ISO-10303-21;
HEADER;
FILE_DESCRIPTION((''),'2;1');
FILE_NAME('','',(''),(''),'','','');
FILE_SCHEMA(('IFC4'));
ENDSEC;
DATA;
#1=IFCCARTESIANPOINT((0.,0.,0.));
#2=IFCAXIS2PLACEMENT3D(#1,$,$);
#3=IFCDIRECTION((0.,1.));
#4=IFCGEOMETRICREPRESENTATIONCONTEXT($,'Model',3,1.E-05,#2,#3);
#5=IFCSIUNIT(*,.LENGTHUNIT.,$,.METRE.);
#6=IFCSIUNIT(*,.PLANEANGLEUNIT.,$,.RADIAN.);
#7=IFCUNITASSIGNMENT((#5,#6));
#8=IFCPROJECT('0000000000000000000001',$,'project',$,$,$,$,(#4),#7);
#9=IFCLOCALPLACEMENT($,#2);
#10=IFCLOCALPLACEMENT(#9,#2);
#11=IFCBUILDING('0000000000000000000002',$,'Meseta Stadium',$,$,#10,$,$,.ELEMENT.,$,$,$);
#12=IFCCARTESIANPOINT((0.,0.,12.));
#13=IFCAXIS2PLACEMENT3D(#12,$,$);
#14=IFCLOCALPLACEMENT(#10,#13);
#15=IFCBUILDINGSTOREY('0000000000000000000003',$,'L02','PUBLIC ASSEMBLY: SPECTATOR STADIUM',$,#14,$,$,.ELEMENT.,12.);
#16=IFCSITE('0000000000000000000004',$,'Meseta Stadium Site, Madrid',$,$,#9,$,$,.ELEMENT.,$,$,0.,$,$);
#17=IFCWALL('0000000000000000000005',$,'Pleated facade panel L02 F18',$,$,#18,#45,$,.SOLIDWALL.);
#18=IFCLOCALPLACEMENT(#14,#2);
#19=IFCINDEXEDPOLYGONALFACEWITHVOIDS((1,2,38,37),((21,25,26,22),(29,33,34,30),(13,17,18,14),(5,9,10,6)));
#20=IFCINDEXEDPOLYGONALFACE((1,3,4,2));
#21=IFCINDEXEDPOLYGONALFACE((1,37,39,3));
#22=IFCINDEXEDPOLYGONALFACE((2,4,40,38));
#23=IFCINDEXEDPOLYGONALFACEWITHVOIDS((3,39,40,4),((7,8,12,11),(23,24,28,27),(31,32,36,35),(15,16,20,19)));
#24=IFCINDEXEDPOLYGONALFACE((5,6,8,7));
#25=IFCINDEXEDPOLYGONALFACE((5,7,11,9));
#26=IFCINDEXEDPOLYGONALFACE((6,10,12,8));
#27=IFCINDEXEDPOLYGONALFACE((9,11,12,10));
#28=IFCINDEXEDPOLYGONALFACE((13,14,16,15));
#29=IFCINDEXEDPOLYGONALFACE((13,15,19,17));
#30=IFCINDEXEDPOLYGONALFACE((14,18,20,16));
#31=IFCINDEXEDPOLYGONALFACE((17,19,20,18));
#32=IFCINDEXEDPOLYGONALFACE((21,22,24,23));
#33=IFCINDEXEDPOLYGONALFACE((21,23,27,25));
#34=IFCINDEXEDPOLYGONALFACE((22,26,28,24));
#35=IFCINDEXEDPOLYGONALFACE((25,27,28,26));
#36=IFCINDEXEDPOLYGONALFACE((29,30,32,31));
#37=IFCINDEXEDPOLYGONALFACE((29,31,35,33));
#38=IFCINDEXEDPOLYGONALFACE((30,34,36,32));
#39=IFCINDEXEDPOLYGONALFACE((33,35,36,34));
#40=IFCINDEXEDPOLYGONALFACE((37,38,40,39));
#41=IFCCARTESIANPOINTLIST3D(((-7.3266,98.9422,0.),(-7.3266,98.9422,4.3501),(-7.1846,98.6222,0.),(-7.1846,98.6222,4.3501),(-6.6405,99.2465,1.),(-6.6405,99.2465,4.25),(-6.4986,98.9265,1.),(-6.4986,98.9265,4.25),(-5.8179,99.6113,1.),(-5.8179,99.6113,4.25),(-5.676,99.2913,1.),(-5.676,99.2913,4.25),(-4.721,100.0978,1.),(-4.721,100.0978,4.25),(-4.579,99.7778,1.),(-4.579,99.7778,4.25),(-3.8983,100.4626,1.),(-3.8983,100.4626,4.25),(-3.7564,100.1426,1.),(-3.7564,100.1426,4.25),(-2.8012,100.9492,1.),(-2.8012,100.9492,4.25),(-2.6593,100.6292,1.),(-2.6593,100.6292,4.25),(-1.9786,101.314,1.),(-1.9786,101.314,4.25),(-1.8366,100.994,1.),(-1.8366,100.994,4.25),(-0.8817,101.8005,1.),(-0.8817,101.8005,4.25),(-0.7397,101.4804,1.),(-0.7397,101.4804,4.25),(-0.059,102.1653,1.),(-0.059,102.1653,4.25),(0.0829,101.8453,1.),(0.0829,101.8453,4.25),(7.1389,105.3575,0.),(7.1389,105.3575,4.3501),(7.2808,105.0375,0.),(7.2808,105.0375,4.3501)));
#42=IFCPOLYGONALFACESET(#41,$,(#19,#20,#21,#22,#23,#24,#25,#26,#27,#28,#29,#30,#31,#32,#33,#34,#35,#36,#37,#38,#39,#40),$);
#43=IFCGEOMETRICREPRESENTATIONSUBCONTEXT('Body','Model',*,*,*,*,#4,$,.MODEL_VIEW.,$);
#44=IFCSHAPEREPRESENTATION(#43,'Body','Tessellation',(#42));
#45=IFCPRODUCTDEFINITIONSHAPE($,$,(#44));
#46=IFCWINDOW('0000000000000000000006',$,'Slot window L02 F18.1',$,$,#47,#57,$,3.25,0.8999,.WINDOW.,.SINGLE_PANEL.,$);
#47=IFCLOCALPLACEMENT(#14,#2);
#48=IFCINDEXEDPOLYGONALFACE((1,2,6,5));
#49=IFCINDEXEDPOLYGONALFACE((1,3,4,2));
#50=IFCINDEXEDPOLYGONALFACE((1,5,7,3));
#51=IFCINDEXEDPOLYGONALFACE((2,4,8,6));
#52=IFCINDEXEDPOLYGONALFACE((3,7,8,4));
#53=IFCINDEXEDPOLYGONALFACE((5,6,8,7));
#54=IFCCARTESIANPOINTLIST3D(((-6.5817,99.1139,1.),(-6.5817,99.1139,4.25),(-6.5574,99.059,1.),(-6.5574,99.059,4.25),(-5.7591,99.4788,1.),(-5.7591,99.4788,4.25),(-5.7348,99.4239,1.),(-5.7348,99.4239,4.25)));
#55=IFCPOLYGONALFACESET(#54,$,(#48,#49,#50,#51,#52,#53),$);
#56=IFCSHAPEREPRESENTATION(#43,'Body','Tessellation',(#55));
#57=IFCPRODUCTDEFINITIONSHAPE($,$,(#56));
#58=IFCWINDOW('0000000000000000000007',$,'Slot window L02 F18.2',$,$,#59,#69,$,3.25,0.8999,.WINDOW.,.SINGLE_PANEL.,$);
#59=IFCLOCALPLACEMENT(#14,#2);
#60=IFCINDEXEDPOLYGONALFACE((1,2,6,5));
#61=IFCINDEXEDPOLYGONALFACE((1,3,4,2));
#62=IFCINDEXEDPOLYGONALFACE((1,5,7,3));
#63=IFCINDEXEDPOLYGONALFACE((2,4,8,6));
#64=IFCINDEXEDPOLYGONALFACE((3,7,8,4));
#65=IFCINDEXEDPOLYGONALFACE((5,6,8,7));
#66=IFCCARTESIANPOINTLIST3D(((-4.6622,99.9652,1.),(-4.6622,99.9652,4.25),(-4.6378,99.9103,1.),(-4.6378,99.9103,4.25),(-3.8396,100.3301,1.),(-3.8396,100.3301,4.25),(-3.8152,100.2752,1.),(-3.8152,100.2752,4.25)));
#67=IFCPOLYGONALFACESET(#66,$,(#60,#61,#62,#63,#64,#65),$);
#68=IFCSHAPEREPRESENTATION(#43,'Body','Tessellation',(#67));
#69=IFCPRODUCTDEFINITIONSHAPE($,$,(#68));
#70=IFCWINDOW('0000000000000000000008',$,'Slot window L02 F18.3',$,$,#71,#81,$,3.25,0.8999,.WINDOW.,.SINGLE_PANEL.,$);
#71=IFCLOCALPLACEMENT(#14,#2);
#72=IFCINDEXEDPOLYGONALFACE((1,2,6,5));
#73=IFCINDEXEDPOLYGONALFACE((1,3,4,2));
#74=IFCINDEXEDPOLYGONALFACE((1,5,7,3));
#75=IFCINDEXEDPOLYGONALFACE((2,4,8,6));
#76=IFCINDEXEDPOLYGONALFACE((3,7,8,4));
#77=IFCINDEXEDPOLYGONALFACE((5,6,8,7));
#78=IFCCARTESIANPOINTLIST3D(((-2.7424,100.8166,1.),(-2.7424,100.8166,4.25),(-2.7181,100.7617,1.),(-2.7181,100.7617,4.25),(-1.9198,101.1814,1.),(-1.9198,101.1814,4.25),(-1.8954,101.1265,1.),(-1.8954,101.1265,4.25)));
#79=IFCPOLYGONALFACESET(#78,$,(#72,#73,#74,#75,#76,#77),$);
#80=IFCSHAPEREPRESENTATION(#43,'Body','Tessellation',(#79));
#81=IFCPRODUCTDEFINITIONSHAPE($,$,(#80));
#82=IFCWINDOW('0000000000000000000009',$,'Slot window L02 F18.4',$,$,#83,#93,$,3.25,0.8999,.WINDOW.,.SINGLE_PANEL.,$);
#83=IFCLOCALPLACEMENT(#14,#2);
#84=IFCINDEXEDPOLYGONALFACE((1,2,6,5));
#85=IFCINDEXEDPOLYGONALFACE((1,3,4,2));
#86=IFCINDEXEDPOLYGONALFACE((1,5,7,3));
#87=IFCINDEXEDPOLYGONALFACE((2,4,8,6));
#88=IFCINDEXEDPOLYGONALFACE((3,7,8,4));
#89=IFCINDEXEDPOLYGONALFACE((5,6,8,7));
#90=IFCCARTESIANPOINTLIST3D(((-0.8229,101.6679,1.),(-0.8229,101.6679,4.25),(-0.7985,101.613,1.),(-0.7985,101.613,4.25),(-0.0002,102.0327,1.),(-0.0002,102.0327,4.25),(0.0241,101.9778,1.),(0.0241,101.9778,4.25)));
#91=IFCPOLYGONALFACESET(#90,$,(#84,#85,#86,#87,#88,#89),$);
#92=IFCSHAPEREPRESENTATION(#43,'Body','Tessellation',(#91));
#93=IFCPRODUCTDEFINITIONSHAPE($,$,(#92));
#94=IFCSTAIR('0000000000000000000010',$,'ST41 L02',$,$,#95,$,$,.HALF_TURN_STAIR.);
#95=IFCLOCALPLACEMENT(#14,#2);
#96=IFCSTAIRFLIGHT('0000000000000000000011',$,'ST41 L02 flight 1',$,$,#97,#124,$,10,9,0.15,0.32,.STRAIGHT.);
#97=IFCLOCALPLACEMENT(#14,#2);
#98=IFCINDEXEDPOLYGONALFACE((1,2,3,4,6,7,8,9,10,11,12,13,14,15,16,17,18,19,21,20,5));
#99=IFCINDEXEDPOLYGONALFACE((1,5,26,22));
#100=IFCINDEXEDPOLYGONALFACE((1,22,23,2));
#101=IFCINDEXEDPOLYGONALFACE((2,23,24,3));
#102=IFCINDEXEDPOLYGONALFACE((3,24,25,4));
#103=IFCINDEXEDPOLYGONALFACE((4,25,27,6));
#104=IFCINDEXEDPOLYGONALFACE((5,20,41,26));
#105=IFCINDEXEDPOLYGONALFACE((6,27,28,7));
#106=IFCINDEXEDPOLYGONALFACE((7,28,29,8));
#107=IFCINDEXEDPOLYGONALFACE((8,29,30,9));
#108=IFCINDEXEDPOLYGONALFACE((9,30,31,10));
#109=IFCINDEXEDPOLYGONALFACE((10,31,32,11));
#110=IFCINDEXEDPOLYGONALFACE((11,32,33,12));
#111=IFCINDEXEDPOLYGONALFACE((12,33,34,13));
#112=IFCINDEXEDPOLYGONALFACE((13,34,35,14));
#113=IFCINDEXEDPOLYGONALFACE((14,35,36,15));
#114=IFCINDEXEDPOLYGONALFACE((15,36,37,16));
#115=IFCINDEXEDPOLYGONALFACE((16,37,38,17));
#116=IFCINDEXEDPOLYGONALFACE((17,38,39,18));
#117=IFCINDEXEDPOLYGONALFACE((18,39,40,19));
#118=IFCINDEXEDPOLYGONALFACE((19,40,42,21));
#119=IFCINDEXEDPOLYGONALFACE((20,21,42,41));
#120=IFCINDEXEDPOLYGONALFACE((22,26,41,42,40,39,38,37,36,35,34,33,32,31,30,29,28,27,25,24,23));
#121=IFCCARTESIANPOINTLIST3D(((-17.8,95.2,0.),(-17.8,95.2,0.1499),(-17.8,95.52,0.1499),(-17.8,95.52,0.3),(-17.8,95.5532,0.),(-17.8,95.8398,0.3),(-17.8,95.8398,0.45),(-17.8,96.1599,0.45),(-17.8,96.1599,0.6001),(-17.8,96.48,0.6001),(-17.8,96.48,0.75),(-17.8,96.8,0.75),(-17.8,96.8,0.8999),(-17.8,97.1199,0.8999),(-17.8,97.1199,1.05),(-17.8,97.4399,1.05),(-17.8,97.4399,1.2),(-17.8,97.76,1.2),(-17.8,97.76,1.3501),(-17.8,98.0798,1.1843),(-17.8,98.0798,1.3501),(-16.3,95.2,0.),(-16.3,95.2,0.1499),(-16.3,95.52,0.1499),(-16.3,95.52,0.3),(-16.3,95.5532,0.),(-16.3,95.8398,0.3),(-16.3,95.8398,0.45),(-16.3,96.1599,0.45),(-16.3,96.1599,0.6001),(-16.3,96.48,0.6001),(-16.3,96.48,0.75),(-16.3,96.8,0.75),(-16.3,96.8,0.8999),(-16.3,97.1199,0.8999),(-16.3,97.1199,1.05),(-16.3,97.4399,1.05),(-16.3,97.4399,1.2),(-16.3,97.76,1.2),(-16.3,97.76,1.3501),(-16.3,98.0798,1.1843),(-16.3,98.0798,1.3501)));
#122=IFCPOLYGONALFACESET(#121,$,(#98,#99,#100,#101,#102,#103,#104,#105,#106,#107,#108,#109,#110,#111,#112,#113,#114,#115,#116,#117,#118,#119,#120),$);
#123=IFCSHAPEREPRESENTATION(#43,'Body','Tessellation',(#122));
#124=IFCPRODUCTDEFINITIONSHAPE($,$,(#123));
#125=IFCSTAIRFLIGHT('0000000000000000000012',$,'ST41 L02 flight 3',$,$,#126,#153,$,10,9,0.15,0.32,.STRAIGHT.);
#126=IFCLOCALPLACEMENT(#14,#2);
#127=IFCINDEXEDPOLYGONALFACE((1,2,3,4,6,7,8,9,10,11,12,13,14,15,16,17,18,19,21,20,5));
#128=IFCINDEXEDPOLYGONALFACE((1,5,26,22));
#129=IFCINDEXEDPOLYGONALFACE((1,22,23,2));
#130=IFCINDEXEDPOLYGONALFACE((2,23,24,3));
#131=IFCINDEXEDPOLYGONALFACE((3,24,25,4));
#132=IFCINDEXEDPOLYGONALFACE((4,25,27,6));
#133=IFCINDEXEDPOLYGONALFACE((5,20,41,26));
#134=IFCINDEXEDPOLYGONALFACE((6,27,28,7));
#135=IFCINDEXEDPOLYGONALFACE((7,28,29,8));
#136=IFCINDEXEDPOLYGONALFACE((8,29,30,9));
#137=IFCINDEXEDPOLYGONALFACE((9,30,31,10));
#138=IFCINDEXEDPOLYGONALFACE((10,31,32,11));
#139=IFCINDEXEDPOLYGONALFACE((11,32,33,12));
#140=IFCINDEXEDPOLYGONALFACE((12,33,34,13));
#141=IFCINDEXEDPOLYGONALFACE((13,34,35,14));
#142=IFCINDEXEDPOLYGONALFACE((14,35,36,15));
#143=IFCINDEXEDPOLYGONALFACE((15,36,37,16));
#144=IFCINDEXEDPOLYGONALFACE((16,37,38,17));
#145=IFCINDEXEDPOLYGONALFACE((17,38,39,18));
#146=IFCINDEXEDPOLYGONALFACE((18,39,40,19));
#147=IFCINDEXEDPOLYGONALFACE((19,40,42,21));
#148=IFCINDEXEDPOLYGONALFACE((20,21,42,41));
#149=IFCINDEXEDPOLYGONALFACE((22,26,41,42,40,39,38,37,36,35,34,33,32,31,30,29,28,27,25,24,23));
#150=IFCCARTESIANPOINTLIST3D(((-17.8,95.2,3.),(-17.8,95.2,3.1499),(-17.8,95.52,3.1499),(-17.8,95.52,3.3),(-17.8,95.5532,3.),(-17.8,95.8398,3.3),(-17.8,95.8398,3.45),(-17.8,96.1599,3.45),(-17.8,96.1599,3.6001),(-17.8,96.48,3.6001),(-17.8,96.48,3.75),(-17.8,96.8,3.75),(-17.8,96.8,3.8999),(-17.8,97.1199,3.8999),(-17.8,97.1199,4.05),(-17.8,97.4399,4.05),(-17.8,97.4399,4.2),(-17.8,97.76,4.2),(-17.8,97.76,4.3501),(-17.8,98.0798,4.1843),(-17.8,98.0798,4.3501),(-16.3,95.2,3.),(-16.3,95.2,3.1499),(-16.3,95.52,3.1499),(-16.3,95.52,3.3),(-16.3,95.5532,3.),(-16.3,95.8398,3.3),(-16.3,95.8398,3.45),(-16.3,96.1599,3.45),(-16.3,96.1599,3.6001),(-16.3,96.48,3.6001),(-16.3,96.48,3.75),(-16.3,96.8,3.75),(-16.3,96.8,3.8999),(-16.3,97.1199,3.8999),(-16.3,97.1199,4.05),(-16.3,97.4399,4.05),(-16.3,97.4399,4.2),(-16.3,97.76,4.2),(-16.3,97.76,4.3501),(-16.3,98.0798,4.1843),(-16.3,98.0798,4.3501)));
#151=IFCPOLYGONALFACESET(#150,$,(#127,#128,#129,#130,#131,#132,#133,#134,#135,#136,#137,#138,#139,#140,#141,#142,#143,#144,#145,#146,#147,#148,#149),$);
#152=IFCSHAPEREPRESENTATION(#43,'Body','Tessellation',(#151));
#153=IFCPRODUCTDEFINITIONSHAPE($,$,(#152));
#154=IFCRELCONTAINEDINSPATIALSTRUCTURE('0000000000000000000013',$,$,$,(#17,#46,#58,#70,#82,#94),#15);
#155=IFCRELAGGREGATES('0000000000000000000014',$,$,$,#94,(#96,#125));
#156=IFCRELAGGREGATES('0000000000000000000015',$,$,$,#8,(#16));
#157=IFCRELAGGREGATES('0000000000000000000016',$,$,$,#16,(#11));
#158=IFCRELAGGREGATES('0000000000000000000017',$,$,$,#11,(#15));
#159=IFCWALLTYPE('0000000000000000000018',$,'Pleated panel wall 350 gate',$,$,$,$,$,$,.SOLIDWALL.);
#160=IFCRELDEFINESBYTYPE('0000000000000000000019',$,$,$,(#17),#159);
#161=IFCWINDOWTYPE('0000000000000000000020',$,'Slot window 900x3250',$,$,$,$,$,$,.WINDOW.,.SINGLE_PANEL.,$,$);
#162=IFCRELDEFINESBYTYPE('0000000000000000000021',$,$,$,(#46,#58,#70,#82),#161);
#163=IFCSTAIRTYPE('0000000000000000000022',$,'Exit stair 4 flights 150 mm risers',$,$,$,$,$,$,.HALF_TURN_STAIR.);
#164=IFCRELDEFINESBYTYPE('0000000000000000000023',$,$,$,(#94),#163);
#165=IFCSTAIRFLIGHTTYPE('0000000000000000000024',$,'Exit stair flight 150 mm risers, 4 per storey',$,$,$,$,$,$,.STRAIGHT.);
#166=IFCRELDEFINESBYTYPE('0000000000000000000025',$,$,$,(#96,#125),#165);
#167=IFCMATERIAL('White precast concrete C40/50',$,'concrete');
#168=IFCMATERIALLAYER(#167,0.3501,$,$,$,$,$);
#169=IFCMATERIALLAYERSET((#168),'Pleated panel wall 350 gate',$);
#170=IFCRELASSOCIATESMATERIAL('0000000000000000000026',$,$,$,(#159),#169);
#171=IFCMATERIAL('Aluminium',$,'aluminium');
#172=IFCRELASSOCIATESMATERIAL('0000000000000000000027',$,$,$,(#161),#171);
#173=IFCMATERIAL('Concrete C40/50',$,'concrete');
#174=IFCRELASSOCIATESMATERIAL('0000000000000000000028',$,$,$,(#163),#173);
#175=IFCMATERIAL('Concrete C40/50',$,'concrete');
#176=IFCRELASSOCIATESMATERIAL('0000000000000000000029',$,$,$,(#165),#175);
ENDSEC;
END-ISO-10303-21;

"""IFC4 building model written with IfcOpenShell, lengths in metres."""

from ifc_helpers import new_model, si_unit, direction, frame, frame_2d, origin, place, context, subcontext, project, spatial, polyline, rectangle, outline, extrude, material, layer, layer_set, type_object, element, fill, aggregate, save


model = new_model("IFC4")

# Units and contexts
model_context = context("Model", 3, precision=1e-05, world=origin(), true_north=direction((0.0, 1.0)))
body_context = subcontext(model_context, "Body", "Model", "MODEL_VIEW")
ifc_project = project(units=[si_unit("LENGTHUNIT", "METRE"), si_unit("PLANEANGLEUNIT", "RADIAN")], contexts=[model_context])

# Site, building, storey
site_placement = place(None, origin())
site = spatial("IfcSite", under=ifc_project, at=site_placement, Name="Meseta Stadium Site, Madrid", CompositionType="ELEMENT", RefElevation=0.0)
building_placement = place(site_placement, origin())
building = spatial("IfcBuilding", under=site, at=building_placement, Name="Meseta Stadium", CompositionType="ELEMENT")
storey_placement = place(building_placement, frame((0.0, 0.0, 12.0)))
storey = spatial("IfcBuildingStorey", under=building, at=storey_placement, Name="L02", Description="PUBLIC ASSEMBLY: SPECTATOR STADIUM", CompositionType="ELEMENT", Elevation=12.0)

# Wall, openings, windows
ifc_material_1 = material(Name="White precast concrete C40/50", Category="concrete")
ifc_layer_1 = layer(ifc_material_1, 0.3501)
ifc_layer_set_1 = layer_set([ifc_layer_1], Name="Pleated panel wall 350 gate")
wall_type_1 = type_object("IfcWallType", Name="Pleated panel wall 350 gate", PredefinedType="SOLIDWALL", material=ifc_layer_set_1)
wall_1_placement = place(storey_placement, frame((-7.2556, 98.7822, 0.0), z_axis=(0.0, 0.0, 1.0), x_axis=(0.914136, 0.405407, 0.0)))
wall_1 = element("IfcWall", 1, at=wall_1_placement, inside=storey, type_object=wall_type_1, Name="Pleated facade panel L02 F18", PredefinedType="SOLIDWALL", context=body_context, shape_type="SweptSolid", body=[
    extrude(rectangle(XDim=15.8242, YDim=0.3501, at=frame_2d((7.9121, 0.0))), origin(), (0.0, 0.0, 1.0), 4.3501),
])
opening_1_placement = place(wall_1_placement, frame((0.7505, 0.0, 1.0)))
opening_1 = element("IfcOpeningElement", 2, at=opening_1_placement, cuts=wall_1, PredefinedType="OPENING", context=body_context, shape_type="SweptSolid", body=[
    extrude(rectangle(XDim=0.8999, YDim=3.25, at=frame_2d((0.45, 1.625))), frame((0.0, 0.1851, 0.0), z_axis=(0.0, -1.0, 0.0), x_axis=(1.0, 0.0, 0.0)), (0.0, 0.0, 1.0), 0.3701),
])
opening_2_placement = place(wall_1_placement, frame((2.8503, 0.0, 1.0)))
opening_2 = element("IfcOpeningElement", 3, at=opening_2_placement, cuts=wall_1, PredefinedType="OPENING", context=body_context, shape_type="SweptSolid", body=[
    extrude(rectangle(XDim=0.8999, YDim=3.25, at=frame_2d((0.45, 1.625))), frame((0.0, 0.1851, 0.0), z_axis=(0.0, -1.0, 0.0), x_axis=(1.0, 0.0, 0.0)), (0.0, 0.0, 1.0), 0.3701),
])
opening_3_placement = place(wall_1_placement, frame((4.9504, 0.0, 1.0)))
opening_3 = element("IfcOpeningElement", 4, at=opening_3_placement, cuts=wall_1, PredefinedType="OPENING", context=body_context, shape_type="SweptSolid", body=[
    extrude(rectangle(XDim=0.8999, YDim=3.25, at=frame_2d((0.45, 1.625))), frame((0.0, 0.1851, 0.0), z_axis=(0.0, -1.0, 0.0), x_axis=(1.0, 0.0, 0.0)), (0.0, 0.0, 1.0), 0.3701),
])
opening_4_placement = place(wall_1_placement, frame((7.0503, 0.0, 1.0)))
opening_4 = element("IfcOpeningElement", 5, at=opening_4_placement, cuts=wall_1, PredefinedType="OPENING", context=body_context, shape_type="SweptSolid", body=[
    extrude(rectangle(XDim=0.8999, YDim=3.25, at=frame_2d((0.45, 1.625))), frame((0.0, 0.1851, 0.0), z_axis=(0.0, -1.0, 0.0), x_axis=(1.0, 0.0, 0.0)), (0.0, 0.0, 1.0), 0.3701),
])
ifc_material_2 = material(Name="Aluminium", Category="aluminium")
window_type = type_object("IfcWindowType", Name="Slot window 900x3250", PartitioningType="SINGLE_PANEL", PredefinedType="WINDOW", material=ifc_material_2)
window_1_placement = place(opening_1_placement, origin())
window_1 = element("IfcWindow", 6, at=window_1_placement, inside=storey, type_object=window_type, Name="Slot window L02 F18.1", OverallHeight=3.25, OverallWidth=0.8999, PartitioningType="SINGLE_PANEL", PredefinedType="WINDOW", context=body_context, shape_type="SweptSolid", body=[
    extrude(rectangle(XDim=0.8999, YDim=3.25, at=frame_2d((0.45, 1.625))), frame((0.0, 0.03, 0.0), z_axis=(0.0, -1.0, 0.0), x_axis=(1.0, 0.0, 0.0)), (0.0, 0.0, 1.0), 0.0601),
])
fill(opening_1, window_1)
window_2_placement = place(opening_2_placement, origin())
window_2 = element("IfcWindow", 7, at=window_2_placement, inside=storey, type_object=window_type, Name="Slot window L02 F18.2", OverallHeight=3.25, OverallWidth=0.8999, PartitioningType="SINGLE_PANEL", PredefinedType="WINDOW", context=body_context, shape_type="SweptSolid", body=[
    extrude(rectangle(XDim=0.8999, YDim=3.25, at=frame_2d((0.45, 1.625))), frame((0.0, 0.03, 0.0), z_axis=(0.0, -1.0, 0.0), x_axis=(1.0, 0.0, 0.0)), (0.0, 0.0, 1.0), 0.0601),
])
fill(opening_2, window_2)
window_3_placement = place(opening_3_placement, origin())
window_3 = element("IfcWindow", 8, at=window_3_placement, inside=storey, type_object=window_type, Name="Slot window L02 F18.3", OverallHeight=3.25, OverallWidth=0.8999, PartitioningType="SINGLE_PANEL", PredefinedType="WINDOW", context=body_context, shape_type="SweptSolid", body=[
    extrude(rectangle(XDim=0.8999, YDim=3.25, at=frame_2d((0.45, 1.625))), frame((0.0, 0.03, 0.0), z_axis=(0.0, -1.0, 0.0), x_axis=(1.0, 0.0, 0.0)), (0.0, 0.0, 1.0), 0.0601),
])
fill(opening_3, window_3)
window_4_placement = place(opening_4_placement, origin())
window_4 = element("IfcWindow", 9, at=window_4_placement, inside=storey, type_object=window_type, Name="Slot window L02 F18.4", OverallHeight=3.25, OverallWidth=0.8999, PartitioningType="SINGLE_PANEL", PredefinedType="WINDOW", context=body_context, shape_type="SweptSolid", body=[
    extrude(rectangle(XDim=0.8999, YDim=3.25, at=frame_2d((0.45, 1.625))), frame((0.0, 0.03, 0.0), z_axis=(0.0, -1.0, 0.0), x_axis=(1.0, 0.0, 0.0)), (0.0, 0.0, 1.0), 0.0601),
])
fill(opening_4, window_4)

# Stair, stair flights
ifc_material_3 = material(Name="Concrete C40/50", Category="concrete")
stair_type = type_object("IfcStairType", Name="Exit stair 4 flights 150 mm risers", PredefinedType="HALF_TURN_STAIR", material=ifc_material_3)
stair_placement = place(storey_placement, origin())
stair = element("IfcStair", 10, at=stair_placement, inside=storey, type_object=stair_type, Name="ST41 L02", PredefinedType="HALF_TURN_STAIR")
ifc_material_4 = material(Name="Concrete C40/50", Category="concrete")
stair_flight_type = type_object("IfcStairFlightType", Name="Exit stair flight 150 mm risers, 4 per storey", PredefinedType="STRAIGHT", material=ifc_material_4)
stair_flight_1_placement = place(storey_placement, frame((-17.05, 95.2, 0.0), z_axis=(0.0, 0.0, 1.0), x_axis=(0.0, 1.0, 0.0)))
stair_flight_1 = element("IfcStairFlight", 11, at=stair_flight_1_placement, type_object=stair_flight_type, Name="ST41 L02 flight 1", NumberOfRisers=10, NumberOfTreads=9, PredefinedType="STRAIGHT", RiserHeight=0.15, TreadLength=0.32, context=body_context, shape_type="SweptSolid", body=[
    extrude(outline(polyline([(0.0, 0.0), (0.0, 0.1499), (0.3201, 0.1499), (0.3201, 0.3), (0.6399, 0.3), (0.6399, 0.45), (0.96, 0.45), (0.96, 0.6001), (1.28, 0.6001), (1.28, 0.75), (1.6001, 0.75), (1.6001, 0.8999), (1.9199, 0.8999), (1.9199, 1.05), (2.24, 1.05), (2.24, 1.2), (2.5601, 1.2), (2.5601, 1.3501), (2.8799, 1.3501), (2.8799, 1.1843), (0.3533, 0.0), (0.0, 0.0)])), frame((0.0, 0.75, 0.0), z_axis=(0.0, -1.0, 0.0), x_axis=(1.0, 0.0, 0.0)), (0.0, 0.0, 1.0), 1.5),
])
stair_flight_2_placement = place(storey_placement, frame((-17.05, 95.2, 3.0), z_axis=(0.0, 0.0, 1.0), x_axis=(0.0, 1.0, 0.0)))
stair_flight_2 = element("IfcStairFlight", 12, at=stair_flight_2_placement, type_object=stair_flight_type, Name="ST41 L02 flight 3", NumberOfRisers=10, NumberOfTreads=9, PredefinedType="STRAIGHT", RiserHeight=0.15, TreadLength=0.32, context=body_context, shape_type="SweptSolid", body=[
    extrude(outline(polyline([(0.0, 0.0), (0.0, 0.1499), (0.3201, 0.1499), (0.3201, 0.3), (0.6399, 0.3), (0.6399, 0.45), (0.96, 0.45), (0.96, 0.6001), (1.28, 0.6001), (1.28, 0.75), (1.6001, 0.75), (1.6001, 0.8999), (1.9199, 0.8999), (1.9199, 1.05), (2.24, 1.05), (2.24, 1.2), (2.5601, 1.2), (2.5601, 1.3501), (2.8799, 1.3501), (2.8799, 1.1843), (0.3533, 0.0), (0.0, 0.0)])), frame((0.0, 0.75, 0.0), z_axis=(0.0, -1.0, 0.0), x_axis=(1.0, 0.0, 0.0)), (0.0, 0.0, 1.0), 1.5),
])
aggregate(stair, [stair_flight_1, stair_flight_2])

save(model, "model.ifc")
